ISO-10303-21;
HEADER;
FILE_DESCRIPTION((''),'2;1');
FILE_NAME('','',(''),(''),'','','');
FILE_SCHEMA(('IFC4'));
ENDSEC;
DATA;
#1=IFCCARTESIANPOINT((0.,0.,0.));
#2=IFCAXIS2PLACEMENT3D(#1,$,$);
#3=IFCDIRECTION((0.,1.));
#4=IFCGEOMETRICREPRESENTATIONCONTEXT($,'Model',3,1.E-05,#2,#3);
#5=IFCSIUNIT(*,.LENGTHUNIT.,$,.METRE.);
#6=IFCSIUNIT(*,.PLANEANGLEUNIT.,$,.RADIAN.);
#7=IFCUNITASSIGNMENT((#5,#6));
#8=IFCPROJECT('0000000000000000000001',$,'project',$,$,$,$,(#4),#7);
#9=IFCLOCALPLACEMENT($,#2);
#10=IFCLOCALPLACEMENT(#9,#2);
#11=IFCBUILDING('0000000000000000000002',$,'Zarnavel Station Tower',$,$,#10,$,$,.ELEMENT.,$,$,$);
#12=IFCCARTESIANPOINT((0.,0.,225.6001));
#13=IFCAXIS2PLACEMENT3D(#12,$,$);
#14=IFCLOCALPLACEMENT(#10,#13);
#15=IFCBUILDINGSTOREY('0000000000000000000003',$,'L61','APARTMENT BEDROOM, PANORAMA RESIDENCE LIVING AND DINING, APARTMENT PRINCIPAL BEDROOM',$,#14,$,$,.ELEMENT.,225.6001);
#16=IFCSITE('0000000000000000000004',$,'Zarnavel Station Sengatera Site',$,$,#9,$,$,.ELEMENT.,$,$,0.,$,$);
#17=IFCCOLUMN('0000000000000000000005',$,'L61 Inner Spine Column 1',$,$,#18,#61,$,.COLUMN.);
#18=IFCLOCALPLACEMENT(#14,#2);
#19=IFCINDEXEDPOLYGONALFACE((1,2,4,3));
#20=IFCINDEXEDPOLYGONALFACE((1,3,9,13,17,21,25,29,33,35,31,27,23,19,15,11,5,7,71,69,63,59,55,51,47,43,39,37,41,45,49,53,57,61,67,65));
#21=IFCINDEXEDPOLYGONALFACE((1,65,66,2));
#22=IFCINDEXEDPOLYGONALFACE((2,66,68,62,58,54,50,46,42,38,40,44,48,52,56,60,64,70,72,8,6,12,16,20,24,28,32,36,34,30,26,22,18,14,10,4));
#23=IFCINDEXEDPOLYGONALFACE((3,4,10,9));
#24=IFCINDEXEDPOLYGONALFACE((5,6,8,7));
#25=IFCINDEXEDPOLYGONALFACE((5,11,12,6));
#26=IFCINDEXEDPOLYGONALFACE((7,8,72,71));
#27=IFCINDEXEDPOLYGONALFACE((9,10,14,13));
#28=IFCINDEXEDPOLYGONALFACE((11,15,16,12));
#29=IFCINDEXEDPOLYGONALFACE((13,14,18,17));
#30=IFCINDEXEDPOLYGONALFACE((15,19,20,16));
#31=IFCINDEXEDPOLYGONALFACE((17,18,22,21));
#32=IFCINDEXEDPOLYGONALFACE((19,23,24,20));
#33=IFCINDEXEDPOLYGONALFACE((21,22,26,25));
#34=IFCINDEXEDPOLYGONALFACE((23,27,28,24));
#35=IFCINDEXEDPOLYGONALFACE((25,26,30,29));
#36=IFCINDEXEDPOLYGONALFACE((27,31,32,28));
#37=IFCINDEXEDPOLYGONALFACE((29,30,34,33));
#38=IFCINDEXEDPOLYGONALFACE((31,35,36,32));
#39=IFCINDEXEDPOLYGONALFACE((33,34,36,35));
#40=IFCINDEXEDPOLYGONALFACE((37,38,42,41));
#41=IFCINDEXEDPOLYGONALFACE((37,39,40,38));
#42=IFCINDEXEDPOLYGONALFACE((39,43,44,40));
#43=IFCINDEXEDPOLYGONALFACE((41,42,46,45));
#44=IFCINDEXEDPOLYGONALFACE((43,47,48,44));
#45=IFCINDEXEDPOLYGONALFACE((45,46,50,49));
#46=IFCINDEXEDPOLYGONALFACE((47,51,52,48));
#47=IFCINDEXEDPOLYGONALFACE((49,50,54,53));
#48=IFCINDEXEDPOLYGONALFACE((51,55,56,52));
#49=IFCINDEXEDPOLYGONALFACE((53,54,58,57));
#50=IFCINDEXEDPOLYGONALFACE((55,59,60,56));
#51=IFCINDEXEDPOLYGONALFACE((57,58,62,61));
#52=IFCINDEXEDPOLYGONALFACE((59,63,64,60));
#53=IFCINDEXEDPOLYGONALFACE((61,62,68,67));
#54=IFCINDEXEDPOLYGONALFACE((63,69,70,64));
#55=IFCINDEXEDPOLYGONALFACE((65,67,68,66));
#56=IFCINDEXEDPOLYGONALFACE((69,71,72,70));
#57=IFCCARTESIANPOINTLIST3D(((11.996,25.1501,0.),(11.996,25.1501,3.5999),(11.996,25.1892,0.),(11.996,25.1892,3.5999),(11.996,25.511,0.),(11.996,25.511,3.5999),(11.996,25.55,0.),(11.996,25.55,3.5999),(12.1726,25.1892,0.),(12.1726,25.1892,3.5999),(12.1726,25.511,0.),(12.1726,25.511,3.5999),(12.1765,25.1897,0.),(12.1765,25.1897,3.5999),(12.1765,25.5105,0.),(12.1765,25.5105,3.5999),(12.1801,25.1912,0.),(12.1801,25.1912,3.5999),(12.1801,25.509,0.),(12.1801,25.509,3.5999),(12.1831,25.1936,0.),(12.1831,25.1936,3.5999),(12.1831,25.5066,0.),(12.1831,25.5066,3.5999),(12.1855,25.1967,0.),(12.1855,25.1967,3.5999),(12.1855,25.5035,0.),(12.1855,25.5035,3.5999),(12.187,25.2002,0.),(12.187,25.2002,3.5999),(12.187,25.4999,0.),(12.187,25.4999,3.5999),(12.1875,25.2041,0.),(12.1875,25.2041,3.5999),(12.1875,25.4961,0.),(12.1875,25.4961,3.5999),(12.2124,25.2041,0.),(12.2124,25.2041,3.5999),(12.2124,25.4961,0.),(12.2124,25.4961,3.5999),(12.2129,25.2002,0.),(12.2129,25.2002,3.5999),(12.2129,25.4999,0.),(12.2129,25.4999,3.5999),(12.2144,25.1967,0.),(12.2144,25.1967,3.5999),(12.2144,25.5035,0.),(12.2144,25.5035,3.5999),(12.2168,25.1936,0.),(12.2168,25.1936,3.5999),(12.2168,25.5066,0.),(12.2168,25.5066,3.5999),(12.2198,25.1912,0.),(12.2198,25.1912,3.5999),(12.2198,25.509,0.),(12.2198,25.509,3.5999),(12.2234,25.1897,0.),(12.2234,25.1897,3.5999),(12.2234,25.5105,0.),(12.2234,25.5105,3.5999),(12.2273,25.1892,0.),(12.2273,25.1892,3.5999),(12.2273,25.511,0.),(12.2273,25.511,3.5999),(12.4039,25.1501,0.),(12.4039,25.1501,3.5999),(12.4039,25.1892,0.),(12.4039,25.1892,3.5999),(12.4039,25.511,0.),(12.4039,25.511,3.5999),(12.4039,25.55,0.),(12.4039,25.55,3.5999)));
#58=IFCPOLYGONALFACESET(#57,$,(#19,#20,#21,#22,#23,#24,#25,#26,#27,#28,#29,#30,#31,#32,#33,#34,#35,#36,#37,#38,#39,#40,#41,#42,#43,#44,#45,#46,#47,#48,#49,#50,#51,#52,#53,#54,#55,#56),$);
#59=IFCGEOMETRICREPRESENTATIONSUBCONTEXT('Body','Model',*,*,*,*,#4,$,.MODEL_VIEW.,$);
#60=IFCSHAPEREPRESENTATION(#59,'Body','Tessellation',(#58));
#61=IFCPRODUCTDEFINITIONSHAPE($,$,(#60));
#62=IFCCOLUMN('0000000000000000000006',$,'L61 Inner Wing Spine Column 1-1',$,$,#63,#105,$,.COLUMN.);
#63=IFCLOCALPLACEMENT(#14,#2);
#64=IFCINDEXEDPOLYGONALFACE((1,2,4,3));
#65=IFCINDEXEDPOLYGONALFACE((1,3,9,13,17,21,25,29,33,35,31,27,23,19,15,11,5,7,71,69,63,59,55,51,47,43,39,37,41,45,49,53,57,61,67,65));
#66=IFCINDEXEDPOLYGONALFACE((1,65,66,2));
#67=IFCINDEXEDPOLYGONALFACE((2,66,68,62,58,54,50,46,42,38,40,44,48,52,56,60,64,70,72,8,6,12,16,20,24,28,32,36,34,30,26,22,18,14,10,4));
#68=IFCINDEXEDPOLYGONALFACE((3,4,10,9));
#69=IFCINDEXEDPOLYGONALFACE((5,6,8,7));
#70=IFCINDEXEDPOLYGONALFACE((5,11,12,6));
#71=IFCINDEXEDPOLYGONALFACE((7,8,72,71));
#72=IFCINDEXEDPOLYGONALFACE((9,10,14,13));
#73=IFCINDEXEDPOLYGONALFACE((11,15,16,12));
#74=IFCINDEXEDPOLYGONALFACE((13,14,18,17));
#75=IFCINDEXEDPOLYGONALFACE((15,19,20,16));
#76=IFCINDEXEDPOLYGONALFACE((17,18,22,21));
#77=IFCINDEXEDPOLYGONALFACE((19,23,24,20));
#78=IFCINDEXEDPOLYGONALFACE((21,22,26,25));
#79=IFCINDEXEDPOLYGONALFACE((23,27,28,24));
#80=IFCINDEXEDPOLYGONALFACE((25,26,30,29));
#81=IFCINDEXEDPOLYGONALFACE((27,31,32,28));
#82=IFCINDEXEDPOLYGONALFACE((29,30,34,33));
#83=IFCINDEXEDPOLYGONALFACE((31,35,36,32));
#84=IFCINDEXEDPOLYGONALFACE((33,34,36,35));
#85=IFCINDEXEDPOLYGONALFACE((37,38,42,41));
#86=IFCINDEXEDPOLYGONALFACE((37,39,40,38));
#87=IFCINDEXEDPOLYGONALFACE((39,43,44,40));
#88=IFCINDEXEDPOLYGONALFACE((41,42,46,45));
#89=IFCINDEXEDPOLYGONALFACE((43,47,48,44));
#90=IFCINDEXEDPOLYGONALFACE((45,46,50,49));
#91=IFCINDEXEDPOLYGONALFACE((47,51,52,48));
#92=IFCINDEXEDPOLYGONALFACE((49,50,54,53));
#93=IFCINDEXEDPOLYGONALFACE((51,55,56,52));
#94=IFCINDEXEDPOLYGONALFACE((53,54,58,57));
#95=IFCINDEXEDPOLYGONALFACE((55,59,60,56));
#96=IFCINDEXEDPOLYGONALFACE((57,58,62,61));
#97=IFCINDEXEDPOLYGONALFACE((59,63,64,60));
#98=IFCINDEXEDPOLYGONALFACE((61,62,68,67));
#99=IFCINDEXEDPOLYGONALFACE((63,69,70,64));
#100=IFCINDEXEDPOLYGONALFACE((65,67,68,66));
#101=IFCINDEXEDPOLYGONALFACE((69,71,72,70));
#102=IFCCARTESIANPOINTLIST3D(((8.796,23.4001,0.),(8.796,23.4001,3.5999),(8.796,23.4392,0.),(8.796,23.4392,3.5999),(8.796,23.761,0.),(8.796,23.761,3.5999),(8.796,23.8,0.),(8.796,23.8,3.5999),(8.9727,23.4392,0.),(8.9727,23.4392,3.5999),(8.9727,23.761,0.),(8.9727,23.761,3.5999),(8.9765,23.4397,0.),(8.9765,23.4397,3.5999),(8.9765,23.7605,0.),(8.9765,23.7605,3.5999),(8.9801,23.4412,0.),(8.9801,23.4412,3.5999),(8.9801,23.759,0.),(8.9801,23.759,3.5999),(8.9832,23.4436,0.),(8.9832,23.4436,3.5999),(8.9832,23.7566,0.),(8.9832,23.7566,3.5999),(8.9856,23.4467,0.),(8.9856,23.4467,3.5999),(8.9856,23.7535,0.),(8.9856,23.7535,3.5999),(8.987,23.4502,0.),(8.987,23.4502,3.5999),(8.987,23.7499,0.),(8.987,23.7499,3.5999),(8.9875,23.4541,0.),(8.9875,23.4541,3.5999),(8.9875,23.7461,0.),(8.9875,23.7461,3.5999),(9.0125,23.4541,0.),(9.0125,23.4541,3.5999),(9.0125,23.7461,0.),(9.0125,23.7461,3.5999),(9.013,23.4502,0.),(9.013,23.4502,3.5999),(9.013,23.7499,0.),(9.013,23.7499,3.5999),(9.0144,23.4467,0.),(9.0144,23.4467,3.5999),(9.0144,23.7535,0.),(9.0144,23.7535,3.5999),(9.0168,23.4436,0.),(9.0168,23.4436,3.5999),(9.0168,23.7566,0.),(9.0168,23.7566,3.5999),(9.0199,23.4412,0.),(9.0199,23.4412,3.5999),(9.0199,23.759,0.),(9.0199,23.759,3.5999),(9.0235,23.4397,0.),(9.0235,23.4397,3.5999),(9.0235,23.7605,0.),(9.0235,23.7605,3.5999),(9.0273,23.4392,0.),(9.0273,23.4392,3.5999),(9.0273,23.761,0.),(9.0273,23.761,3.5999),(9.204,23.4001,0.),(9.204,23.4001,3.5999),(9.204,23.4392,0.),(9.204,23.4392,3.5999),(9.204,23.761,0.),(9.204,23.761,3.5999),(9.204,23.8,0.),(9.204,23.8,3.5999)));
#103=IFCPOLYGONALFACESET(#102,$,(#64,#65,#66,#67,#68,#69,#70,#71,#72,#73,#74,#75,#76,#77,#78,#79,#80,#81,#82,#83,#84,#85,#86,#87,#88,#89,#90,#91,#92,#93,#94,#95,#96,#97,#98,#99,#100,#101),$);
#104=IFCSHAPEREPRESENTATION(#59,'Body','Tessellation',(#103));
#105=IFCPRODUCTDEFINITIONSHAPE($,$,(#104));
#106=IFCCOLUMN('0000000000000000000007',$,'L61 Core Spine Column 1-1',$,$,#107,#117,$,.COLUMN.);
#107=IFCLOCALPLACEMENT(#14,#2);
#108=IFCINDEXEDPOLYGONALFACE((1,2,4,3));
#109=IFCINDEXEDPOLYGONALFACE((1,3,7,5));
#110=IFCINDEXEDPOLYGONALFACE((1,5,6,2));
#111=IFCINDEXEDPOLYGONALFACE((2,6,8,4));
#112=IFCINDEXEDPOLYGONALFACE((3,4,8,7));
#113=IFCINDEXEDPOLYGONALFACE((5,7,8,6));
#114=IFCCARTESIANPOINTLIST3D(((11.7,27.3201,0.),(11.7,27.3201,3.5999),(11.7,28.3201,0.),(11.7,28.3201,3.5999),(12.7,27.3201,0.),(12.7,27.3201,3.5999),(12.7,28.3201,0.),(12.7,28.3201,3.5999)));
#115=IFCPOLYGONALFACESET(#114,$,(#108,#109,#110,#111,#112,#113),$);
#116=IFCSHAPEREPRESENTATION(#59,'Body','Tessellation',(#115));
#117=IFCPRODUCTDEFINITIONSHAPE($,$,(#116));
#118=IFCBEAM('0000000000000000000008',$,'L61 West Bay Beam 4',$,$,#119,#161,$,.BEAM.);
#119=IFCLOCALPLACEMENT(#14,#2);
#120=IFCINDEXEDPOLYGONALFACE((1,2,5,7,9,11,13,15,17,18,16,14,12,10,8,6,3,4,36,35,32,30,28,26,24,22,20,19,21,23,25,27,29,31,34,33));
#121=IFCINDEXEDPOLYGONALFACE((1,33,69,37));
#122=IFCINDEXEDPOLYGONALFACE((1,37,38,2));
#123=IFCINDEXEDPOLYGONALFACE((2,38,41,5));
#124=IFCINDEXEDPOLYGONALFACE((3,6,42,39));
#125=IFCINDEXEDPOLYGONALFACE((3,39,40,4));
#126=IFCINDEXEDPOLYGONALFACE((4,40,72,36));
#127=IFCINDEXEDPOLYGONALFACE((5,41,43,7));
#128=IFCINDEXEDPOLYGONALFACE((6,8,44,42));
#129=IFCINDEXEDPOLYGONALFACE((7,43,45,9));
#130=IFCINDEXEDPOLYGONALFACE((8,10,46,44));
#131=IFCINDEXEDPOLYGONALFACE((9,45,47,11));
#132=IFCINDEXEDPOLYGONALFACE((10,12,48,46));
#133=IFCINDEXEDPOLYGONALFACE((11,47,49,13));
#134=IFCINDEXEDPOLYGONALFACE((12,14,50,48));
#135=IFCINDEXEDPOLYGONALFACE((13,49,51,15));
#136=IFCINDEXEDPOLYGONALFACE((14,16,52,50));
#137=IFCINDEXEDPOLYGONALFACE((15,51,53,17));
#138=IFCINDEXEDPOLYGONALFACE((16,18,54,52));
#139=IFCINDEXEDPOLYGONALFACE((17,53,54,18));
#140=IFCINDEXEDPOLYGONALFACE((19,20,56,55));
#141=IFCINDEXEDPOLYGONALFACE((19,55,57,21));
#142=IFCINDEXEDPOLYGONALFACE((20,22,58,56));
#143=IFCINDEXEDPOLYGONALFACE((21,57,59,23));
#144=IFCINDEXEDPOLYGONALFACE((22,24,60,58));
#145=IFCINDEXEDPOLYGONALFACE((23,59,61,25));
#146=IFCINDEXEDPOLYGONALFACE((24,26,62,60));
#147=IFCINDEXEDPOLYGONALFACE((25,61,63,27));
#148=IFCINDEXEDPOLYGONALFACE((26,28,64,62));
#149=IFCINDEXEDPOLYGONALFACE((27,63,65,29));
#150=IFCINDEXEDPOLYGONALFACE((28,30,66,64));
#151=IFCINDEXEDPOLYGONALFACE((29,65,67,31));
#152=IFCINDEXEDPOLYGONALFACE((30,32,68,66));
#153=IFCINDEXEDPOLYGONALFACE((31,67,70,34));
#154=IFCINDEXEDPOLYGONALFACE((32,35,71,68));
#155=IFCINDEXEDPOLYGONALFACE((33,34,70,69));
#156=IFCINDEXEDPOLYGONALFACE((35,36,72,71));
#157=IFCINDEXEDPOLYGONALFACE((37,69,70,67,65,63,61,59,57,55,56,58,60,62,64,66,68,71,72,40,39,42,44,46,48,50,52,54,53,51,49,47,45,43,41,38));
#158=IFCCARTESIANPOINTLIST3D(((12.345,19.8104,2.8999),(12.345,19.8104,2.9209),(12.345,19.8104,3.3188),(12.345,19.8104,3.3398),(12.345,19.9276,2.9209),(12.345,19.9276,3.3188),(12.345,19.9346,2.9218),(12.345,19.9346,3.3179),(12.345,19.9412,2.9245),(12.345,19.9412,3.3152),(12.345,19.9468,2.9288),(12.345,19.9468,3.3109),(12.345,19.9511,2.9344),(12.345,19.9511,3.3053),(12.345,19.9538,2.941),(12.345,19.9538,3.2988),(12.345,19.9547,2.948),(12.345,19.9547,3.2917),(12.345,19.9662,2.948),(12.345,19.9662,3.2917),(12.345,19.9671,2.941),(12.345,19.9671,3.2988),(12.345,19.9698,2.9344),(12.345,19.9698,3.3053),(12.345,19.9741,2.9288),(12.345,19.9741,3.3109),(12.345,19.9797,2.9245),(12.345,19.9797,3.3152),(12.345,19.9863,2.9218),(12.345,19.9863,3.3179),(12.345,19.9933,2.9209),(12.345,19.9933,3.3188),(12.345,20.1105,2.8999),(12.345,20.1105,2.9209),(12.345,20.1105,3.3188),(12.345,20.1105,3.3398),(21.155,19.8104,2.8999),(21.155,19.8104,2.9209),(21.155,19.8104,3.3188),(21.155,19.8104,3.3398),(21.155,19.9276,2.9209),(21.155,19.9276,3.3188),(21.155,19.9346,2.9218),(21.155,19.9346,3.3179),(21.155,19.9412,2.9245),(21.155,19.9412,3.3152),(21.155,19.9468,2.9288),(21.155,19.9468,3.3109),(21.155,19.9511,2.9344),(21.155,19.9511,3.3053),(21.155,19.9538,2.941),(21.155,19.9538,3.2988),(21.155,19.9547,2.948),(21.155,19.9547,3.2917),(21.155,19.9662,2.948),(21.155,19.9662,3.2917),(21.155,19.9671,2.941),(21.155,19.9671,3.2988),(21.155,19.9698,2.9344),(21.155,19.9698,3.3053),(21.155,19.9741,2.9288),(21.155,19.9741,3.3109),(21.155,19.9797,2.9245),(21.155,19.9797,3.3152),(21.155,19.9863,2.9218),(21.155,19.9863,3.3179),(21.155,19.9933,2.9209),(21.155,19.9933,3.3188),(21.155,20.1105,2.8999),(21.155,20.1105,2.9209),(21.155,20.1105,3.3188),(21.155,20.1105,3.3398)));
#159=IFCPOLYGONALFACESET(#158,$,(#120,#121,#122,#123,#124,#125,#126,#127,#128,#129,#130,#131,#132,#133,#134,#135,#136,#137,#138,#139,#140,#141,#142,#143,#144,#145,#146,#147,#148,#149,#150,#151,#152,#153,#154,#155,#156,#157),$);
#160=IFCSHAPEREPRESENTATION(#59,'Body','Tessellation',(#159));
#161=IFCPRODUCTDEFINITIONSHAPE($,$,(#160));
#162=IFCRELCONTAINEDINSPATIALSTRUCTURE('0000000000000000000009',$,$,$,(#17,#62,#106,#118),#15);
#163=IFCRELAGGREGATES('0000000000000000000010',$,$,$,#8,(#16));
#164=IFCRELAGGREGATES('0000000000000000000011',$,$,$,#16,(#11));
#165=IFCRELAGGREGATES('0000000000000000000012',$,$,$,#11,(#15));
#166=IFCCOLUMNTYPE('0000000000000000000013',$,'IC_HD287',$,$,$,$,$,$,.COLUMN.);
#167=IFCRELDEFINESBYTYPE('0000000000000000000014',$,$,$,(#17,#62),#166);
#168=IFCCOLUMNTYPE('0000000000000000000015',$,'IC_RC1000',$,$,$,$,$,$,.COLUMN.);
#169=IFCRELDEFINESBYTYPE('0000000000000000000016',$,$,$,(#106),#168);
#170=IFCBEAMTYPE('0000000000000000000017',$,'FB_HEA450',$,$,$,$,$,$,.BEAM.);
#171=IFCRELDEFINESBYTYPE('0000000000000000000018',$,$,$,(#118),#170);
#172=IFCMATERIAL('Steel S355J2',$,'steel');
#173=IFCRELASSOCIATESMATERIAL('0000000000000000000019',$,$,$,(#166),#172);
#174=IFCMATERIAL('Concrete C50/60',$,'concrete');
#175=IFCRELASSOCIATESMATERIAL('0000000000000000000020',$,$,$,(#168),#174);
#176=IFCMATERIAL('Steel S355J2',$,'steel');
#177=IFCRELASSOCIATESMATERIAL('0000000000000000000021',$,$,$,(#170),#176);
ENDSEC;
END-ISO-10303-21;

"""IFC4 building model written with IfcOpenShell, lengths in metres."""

from ifc_helpers import new_model, si_unit, direction, frame, origin, origin_2d, place, context, subcontext, project, spatial, rectangle, i_section, extrude, material, material_profile, profile_set, type_object, element, save


model = new_model("IFC4")

# Units and contexts
model_context = context("Model", 3, precision=1e-05, world=origin(), true_north=direction((0.0, 1.0)))
body_context = subcontext(model_context, "Body", "Model", "MODEL_VIEW")
ifc_project = project(units=[si_unit("LENGTHUNIT", "METRE"), si_unit("PLANEANGLEUNIT", "RADIAN")], contexts=[model_context])

# Site, building, storey
site_placement = place(None, origin())
site = spatial("IfcSite", under=ifc_project, at=site_placement, Name="Zarnavel Station Sengatera Site", CompositionType="ELEMENT", RefElevation=0.0)
building_placement = place(site_placement, origin())
building = spatial("IfcBuilding", under=site, at=building_placement, Name="Zarnavel Station Tower", CompositionType="ELEMENT")
storey_placement = place(building_placement, frame((0.0, 0.0, 225.6001)))
storey = spatial("IfcBuildingStorey", under=building, at=storey_placement, Name="L61", Description="APARTMENT BEDROOM, PANORAMA RESIDENCE LIVING AND DINING, APARTMENT PRINCIPAL BEDROOM", CompositionType="ELEMENT", Elevation=225.6001)

# Columns
ifc_material_1 = material(Name="Steel S355J2", Category="steel")
ifc_material_profile_1 = material_profile(ifc_material_1, i_section(OverallWidth=0.408, OverallDepth=0.3999, WebThickness=0.0249, FlangeThickness=0.0391, FilletRadius=0.0149, at=origin_2d()), Name="HD400x287")
ifc_profile_set_1 = profile_set([ifc_material_profile_1], Name="Steel S355J2")
column_type_1 = type_object("IfcColumnType", Name="IC_HD287", PredefinedType="COLUMN", material=ifc_profile_set_1)
for number, where, z_axis, x_axis, name in (
    (1, (12.2, 25.3501, 0.0), (0.0, 0.0, 1.0), (1.0, 0.0, 0.0), "L61 Inner Spine Column 1"),
    (2, (9.0, 23.6001, 0.0), (0.0, 0.0, 1.0), (1.0, 0.0, 0.0), "L61 Inner Wing Spine Column 1-1"),
):
    element("IfcColumn", number, at=place(storey_placement, frame(where, z_axis=z_axis, x_axis=x_axis)), inside=storey, type_object=column_type_1, Name=name, PredefinedType="COLUMN", context=body_context, shape_type="SweptSolid", body=[
        extrude(i_section(OverallWidth=0.408, OverallDepth=0.3999, WebThickness=0.0249, FlangeThickness=0.0391, FilletRadius=0.0149, at=origin_2d()), origin(), (0.0, 0.0, 1.0), 3.5999),
    ])
ifc_material_2 = material(Name="Concrete C50/60", Category="concrete")
ifc_material_profile_2 = material_profile(ifc_material_2, rectangle(XDim=1.0, YDim=1.0, at=origin_2d()), Name="RC1000x1000")
ifc_profile_set_2 = profile_set([ifc_material_profile_2], Name="Concrete C50/60")
column_type_2 = type_object("IfcColumnType", Name="IC_RC1000", PredefinedType="COLUMN", material=ifc_profile_set_2)
column_placement = place(storey_placement, frame((12.2, 27.8201, 0.0), z_axis=(0.0, 0.0, 1.0), x_axis=(1.0, 0.0, 0.0)))
element("IfcColumn", 3, at=column_placement, inside=storey, type_object=column_type_2, Name="L61 Core Spine Column 1-1", PredefinedType="COLUMN", context=body_context, shape_type="SweptSolid", body=[
    extrude(rectangle(XDim=1.0, YDim=1.0, at=origin_2d()), origin(), (0.0, 0.0, 1.0), 3.5999),
])

# Beam
ifc_material_3 = material(Name="Steel S355J2", Category="steel")
ifc_material_profile_3 = material_profile(ifc_material_3, i_section(OverallWidth=0.3, OverallDepth=0.4399, WebThickness=0.0115, FlangeThickness=0.021, FilletRadius=0.0271, at=origin_2d()), Name="HEA450")
ifc_profile_set_3 = profile_set([ifc_material_profile_3], Name="Steel S355J2")
beam_type_1 = type_object("IfcBeamType", Name="FB_HEA450", PredefinedType="BEAM", material=ifc_profile_set_3)
beam_1_placement = place(storey_placement, frame((12.345, 19.9604, 3.1199), z_axis=(1.0, 0.0, 0.0), x_axis=(0.0, 1.0, 0.0)))
element("IfcBeam", 4, at=beam_1_placement, inside=storey, type_object=beam_type_1, Name="L61 West Bay Beam 4", PredefinedType="BEAM", context=body_context, shape_type="SweptSolid", body=[
    extrude(i_section(OverallWidth=0.3, OverallDepth=0.4399, WebThickness=0.0115, FlangeThickness=0.021, FilletRadius=0.0271, at=origin_2d()), origin(), (0.0, 0.0, 1.0), 8.8101),
])

save(model, "model.ifc")
